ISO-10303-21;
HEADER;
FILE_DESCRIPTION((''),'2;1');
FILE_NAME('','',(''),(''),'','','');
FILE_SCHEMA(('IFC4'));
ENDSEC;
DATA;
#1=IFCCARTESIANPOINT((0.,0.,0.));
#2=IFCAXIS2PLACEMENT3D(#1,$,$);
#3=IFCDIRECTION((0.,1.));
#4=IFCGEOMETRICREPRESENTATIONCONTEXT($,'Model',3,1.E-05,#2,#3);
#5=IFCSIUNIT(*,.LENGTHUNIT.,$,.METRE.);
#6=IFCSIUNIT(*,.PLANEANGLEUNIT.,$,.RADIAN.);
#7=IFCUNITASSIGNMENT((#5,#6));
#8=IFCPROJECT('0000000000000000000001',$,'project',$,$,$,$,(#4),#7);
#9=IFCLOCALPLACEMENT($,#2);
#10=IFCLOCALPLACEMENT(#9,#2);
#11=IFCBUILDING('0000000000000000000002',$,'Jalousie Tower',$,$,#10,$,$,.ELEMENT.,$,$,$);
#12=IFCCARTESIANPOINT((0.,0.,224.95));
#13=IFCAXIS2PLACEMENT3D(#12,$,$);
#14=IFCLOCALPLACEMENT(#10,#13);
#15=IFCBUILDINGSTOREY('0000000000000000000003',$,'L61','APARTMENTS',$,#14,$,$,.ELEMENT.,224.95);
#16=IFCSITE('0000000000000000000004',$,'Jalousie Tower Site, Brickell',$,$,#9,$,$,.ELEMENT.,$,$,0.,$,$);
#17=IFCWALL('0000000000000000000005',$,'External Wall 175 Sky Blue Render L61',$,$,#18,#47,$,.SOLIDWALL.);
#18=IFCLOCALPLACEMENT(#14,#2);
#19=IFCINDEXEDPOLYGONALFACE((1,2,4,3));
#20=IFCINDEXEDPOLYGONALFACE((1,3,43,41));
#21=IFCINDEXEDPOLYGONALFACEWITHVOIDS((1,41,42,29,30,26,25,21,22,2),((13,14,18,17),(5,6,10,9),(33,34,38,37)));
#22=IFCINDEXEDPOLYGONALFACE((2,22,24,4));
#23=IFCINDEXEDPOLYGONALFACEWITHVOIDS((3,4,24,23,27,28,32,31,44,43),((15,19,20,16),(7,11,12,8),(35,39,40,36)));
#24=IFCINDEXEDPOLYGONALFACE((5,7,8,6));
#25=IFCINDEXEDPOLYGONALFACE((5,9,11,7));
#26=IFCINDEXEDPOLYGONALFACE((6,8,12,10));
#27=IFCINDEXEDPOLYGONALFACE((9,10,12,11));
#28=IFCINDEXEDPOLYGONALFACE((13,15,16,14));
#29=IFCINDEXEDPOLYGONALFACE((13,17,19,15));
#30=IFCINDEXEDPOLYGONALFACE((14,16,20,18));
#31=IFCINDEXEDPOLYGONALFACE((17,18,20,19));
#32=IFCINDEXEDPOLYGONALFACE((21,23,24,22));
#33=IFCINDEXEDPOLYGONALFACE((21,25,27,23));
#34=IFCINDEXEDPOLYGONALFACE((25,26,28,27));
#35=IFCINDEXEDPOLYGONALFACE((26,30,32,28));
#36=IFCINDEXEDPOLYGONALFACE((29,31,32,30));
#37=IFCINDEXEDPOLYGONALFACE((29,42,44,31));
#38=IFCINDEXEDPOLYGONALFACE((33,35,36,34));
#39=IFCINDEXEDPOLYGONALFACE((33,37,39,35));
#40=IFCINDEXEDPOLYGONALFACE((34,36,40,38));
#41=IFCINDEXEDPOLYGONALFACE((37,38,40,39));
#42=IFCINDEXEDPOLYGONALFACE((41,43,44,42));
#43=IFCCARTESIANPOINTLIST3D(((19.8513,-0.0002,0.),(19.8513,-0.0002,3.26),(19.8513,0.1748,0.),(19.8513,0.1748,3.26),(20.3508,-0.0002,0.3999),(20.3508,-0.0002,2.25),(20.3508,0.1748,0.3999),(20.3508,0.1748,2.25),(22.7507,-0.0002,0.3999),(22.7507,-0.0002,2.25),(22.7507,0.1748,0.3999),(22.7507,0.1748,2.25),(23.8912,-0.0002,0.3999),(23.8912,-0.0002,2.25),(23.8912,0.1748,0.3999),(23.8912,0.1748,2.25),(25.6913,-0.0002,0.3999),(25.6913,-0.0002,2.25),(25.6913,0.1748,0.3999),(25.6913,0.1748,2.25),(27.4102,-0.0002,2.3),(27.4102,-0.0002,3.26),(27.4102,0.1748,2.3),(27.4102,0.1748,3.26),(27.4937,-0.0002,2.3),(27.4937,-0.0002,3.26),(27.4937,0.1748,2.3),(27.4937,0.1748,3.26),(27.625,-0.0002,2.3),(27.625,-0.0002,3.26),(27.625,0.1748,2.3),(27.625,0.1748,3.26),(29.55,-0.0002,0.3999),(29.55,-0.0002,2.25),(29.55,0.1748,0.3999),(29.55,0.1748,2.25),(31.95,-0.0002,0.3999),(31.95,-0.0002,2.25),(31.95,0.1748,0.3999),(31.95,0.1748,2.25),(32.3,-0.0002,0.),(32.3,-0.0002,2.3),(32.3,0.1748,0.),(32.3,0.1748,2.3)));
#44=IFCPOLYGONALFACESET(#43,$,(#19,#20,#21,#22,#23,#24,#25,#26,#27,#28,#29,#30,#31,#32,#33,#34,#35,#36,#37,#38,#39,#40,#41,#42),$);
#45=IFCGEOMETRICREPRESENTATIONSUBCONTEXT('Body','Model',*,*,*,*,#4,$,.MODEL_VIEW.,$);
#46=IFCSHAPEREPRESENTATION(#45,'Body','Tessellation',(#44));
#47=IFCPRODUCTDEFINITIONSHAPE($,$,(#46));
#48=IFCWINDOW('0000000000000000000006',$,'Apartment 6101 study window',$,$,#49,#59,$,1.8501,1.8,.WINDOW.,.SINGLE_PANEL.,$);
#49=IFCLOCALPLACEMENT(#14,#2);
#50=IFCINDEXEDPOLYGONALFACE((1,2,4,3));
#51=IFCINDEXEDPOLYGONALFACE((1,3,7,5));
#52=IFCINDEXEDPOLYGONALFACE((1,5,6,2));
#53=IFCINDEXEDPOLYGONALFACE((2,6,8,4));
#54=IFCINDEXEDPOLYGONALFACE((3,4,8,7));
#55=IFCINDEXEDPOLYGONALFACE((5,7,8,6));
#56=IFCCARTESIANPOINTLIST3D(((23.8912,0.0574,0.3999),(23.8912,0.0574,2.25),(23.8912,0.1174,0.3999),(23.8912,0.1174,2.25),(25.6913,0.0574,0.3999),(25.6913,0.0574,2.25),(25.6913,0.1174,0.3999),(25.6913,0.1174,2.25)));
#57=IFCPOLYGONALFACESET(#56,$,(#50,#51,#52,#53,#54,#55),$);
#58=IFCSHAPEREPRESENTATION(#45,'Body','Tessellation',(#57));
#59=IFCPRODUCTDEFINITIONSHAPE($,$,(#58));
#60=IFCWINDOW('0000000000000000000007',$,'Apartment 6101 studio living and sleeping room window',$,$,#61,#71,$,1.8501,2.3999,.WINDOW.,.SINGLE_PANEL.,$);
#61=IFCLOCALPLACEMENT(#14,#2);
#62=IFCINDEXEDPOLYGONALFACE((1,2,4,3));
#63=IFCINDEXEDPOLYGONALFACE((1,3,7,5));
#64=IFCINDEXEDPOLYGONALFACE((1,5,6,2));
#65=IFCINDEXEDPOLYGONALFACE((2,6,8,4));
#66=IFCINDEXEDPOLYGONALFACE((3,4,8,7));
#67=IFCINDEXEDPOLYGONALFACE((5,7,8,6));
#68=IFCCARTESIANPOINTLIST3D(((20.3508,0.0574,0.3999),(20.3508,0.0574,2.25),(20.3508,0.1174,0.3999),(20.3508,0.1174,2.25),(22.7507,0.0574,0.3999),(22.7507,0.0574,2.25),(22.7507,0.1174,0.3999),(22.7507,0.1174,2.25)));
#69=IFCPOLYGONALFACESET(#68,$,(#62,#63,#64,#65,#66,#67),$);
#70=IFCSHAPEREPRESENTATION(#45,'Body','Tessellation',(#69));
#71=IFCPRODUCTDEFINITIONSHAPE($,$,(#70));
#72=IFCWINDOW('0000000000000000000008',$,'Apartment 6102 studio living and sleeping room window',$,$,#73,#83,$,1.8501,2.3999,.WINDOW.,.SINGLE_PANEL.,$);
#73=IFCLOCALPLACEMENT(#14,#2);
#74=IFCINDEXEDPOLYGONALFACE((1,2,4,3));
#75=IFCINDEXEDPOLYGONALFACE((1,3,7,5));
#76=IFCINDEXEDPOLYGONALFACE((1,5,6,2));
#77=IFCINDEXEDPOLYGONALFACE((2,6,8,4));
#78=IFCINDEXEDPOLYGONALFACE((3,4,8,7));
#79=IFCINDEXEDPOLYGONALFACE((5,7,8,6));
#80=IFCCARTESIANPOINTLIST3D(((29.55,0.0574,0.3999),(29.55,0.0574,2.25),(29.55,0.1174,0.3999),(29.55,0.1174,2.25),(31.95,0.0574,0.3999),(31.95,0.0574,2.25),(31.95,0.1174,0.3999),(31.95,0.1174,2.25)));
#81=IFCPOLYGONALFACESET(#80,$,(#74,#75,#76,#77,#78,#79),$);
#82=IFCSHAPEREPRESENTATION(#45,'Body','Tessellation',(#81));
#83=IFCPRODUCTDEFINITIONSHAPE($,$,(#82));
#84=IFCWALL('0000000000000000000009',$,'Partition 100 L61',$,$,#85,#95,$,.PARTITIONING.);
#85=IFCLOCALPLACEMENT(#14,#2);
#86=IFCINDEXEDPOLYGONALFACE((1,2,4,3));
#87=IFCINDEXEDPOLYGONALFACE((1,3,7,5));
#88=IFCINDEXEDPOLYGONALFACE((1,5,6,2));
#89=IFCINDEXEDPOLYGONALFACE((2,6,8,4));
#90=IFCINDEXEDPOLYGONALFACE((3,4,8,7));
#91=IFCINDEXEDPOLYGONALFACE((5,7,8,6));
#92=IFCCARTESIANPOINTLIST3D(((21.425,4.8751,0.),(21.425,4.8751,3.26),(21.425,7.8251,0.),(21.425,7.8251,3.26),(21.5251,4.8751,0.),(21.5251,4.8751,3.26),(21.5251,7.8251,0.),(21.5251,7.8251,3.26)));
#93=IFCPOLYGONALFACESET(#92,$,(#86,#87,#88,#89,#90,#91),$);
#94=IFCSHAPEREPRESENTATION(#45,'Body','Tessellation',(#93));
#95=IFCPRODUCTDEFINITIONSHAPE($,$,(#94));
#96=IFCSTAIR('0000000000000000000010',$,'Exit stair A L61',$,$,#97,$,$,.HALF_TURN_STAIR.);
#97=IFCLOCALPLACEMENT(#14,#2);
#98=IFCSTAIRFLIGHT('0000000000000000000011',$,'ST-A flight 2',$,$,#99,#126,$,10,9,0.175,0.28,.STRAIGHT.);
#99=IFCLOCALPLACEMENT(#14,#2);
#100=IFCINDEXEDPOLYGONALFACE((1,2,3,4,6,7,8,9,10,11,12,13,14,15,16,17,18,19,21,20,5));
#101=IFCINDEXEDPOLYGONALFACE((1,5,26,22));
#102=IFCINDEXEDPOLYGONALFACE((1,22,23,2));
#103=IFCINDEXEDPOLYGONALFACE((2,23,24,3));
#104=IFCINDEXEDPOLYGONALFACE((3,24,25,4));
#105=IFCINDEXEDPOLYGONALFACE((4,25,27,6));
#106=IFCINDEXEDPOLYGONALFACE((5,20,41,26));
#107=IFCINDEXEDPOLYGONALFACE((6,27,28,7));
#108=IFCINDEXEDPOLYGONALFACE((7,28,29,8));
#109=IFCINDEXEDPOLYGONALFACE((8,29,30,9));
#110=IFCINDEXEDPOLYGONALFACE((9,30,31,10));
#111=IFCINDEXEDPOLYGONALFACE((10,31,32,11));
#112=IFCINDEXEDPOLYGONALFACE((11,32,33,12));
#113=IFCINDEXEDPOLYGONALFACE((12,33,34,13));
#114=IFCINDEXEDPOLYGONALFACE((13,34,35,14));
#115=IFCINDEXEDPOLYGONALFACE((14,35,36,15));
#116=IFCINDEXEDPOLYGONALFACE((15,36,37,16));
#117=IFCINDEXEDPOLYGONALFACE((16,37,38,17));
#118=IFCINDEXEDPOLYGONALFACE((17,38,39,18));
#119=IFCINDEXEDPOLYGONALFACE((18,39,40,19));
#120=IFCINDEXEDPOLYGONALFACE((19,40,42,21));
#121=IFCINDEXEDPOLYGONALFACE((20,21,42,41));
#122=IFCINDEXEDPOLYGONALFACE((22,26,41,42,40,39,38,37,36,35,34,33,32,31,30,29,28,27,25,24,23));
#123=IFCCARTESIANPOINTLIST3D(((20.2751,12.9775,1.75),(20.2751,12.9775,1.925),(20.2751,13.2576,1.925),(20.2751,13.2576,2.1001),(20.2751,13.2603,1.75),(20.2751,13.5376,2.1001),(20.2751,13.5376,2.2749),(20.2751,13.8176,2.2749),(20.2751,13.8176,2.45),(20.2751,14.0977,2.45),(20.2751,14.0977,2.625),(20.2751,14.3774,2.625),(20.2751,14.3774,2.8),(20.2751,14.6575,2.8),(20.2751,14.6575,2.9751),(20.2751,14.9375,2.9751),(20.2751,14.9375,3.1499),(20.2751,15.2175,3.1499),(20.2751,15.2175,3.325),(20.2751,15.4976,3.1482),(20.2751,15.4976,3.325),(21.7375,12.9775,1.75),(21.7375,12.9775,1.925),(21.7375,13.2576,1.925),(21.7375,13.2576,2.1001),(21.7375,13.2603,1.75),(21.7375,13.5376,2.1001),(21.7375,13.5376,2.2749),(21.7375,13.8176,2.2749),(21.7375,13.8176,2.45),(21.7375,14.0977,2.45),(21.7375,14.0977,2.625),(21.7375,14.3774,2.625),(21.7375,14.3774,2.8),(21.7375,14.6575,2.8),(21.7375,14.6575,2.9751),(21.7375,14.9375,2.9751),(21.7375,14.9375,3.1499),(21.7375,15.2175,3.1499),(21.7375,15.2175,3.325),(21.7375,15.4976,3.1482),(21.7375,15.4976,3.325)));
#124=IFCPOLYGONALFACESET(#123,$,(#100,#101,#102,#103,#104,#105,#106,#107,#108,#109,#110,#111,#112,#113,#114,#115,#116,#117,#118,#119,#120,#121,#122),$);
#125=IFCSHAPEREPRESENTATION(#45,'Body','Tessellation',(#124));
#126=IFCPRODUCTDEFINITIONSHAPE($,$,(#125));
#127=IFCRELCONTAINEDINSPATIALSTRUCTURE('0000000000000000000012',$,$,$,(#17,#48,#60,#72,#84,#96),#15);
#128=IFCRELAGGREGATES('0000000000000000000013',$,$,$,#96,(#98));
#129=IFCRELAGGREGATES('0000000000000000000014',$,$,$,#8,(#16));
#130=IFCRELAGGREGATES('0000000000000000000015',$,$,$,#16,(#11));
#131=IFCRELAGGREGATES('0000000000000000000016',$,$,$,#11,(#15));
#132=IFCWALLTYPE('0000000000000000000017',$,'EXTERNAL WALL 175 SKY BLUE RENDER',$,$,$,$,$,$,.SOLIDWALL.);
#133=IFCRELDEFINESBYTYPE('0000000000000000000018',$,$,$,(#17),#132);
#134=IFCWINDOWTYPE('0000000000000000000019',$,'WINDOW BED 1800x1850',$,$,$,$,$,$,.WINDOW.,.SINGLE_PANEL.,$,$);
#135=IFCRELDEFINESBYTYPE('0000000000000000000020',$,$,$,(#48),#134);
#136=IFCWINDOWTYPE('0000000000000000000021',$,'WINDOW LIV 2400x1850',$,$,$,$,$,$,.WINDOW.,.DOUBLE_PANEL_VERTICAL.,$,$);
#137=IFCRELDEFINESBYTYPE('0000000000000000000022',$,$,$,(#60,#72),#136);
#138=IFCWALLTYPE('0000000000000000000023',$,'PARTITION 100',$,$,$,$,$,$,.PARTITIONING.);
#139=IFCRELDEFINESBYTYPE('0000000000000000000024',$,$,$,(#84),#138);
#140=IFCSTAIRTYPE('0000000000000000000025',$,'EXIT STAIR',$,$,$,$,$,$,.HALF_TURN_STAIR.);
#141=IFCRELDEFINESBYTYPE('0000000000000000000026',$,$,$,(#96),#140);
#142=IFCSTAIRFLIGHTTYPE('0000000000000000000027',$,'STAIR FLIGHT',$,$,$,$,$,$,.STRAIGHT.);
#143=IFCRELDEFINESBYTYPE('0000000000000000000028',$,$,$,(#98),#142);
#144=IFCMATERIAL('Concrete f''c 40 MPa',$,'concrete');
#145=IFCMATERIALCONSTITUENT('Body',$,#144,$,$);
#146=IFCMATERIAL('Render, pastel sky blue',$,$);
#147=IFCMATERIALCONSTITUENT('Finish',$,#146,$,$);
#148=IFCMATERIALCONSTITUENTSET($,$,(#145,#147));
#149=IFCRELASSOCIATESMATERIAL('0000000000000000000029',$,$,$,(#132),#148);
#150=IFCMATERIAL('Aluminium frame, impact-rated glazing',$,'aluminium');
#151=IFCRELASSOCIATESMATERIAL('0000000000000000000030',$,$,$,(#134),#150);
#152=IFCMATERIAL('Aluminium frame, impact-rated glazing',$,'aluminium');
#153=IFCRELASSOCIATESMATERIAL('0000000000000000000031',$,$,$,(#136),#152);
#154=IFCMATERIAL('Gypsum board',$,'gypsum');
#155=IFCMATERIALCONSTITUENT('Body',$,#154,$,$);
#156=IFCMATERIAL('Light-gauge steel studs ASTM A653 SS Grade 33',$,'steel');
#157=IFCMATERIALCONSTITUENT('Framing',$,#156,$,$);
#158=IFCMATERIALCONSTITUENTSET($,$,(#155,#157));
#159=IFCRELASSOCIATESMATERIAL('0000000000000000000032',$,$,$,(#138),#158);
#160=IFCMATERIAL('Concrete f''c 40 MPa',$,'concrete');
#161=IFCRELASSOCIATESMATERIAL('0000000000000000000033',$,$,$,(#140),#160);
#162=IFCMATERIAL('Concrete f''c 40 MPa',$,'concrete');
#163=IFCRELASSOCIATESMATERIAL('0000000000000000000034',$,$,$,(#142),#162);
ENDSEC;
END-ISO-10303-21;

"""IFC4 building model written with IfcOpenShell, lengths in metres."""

from ifc_helpers import new_model, si_unit, direction, frame, frame_2d, origin, place, context, subcontext, project, spatial, polyline, rectangle, outline, extrude, material, constituent, constituent_set, type_object, element, fill, aggregate, save


model = new_model("IFC4")

# Units and contexts
model_context = context("Model", 3, precision=1e-05, world=origin(), true_north=direction((0.0, 1.0)))
body_context = subcontext(model_context, "Body", "Model", "MODEL_VIEW")
ifc_project = project(units=[si_unit("LENGTHUNIT", "METRE"), si_unit("PLANEANGLEUNIT", "RADIAN")], contexts=[model_context])

# Site, building, storey
site_placement = place(None, origin())
site = spatial("IfcSite", under=ifc_project, at=site_placement, Name="Jalousie Tower Site, Brickell", CompositionType="ELEMENT", RefElevation=0.0)
building_placement = place(site_placement, origin())
building = spatial("IfcBuilding", under=site, at=building_placement, Name="Jalousie Tower", CompositionType="ELEMENT")
storey_placement = place(building_placement, frame((0.0, 0.0, 224.95)))
storey = spatial("IfcBuildingStorey", under=building, at=storey_placement, Name="L61", Description="APARTMENTS", CompositionType="ELEMENT", Elevation=224.95)

# Wall, openings, windows
ifc_material_1 = material(Name="Concrete f'c 40 MPa", Category="concrete")
ifc_constituent_1 = constituent(ifc_material_1, Name="Body")
ifc_material_2 = material(Name="Render, pastel sky blue")
ifc_constituent_2 = constituent(ifc_material_2, Name="Finish")
ifc_constituent_set_1 = constituent_set(constituents=[ifc_constituent_1, ifc_constituent_2])
wall_type_1 = type_object("IfcWallType", Name="EXTERNAL WALL 175 SKY BLUE RENDER", PredefinedType="SOLIDWALL", material=ifc_constituent_set_1)
wall_1_placement = place(storey_placement, frame((19.8513, 0.0874, 0.0), z_axis=(0.0, 0.0, 1.0), x_axis=(1.0, 0.0, 0.0)))
wall_1 = element("IfcWall", 1, at=wall_1_placement, inside=storey, type_object=wall_type_1, Name="External Wall 175 Sky Blue Render L61", PredefinedType="SOLIDWALL", context=body_context, shape_type="SweptSolid", body=[
    extrude(outline(polyline([(0.0, 0.0), (12.4487, 0.0), (12.4487, 2.3), (7.7737, 2.3), (7.7737, 3.26), (7.6423, 3.26), (7.6423, 2.3), (7.5588, 2.3), (7.5588, 3.26), (0.0, 3.26), (0.0, 0.0)])), frame((0.0, 0.0874, 0.0), z_axis=(0.0, -1.0, 0.0), x_axis=(1.0, 0.0, 0.0)), (0.0, 0.0, 1.0), 0.175),
])
opening_1_placement = place(wall_1_placement, frame((0.4995, 0.0, 0.3999)))
opening_1 = element("IfcOpeningElement", 2, at=opening_1_placement, cuts=wall_1, PredefinedType="OPENING", context=body_context, shape_type="SweptSolid", body=[
    extrude(rectangle(XDim=2.3999, YDim=1.8501, at=frame_2d((1.2, 0.925))), frame((0.0, 0.0974, 0.0), z_axis=(0.0, -1.0, 0.0), x_axis=(1.0, 0.0, 0.0)), (0.0, 0.0, 1.0), 0.1951),
])
opening_2_placement = place(wall_1_placement, frame((4.04, 0.0, 0.3999)))
opening_2 = element("IfcOpeningElement", 3, at=opening_2_placement, cuts=wall_1, PredefinedType="OPENING", context=body_context, shape_type="SweptSolid", body=[
    extrude(rectangle(XDim=1.8, YDim=1.8501, at=frame_2d((0.8999, 0.925))), frame((0.0, 0.0974, 0.0), z_axis=(0.0, -1.0, 0.0), x_axis=(1.0, 0.0, 0.0)), (0.0, 0.0, 1.0), 0.1951),
])
opening_3_placement = place(wall_1_placement, frame((9.6987, 0.0, 0.3999)))
opening_3 = element("IfcOpeningElement", 4, at=opening_3_placement, cuts=wall_1, PredefinedType="OPENING", context=body_context, shape_type="SweptSolid", body=[
    extrude(rectangle(XDim=2.3999, YDim=1.8501, at=frame_2d((1.2, 0.925))), frame((0.0, 0.0974, 0.0), z_axis=(0.0, -1.0, 0.0), x_axis=(1.0, 0.0, 0.0)), (0.0, 0.0, 1.0), 0.1951),
])
ifc_material_3 = material(Name="Aluminium frame, impact-rated glazing", Category="aluminium")
window_type_1 = type_object("IfcWindowType", Name="WINDOW BED 1800x1850", PartitioningType="SINGLE_PANEL", PredefinedType="WINDOW", material=ifc_material_3)
window_1_placement = place(opening_2_placement, origin())
window_1 = element("IfcWindow", 5, at=window_1_placement, inside=storey, type_object=window_type_1, Name="Apartment 6101 study window", OverallHeight=1.8501, OverallWidth=1.8, PartitioningType="SINGLE_PANEL", PredefinedType="WINDOW", context=body_context, shape_type="SweptSolid", body=[
    extrude(rectangle(XDim=1.8, YDim=1.8501, at=frame_2d((0.8999, 0.925))), frame((0.0, 0.03, 0.0), z_axis=(0.0, -1.0, 0.0), x_axis=(1.0, 0.0, 0.0)), (0.0, 0.0, 1.0), 0.0601),
])
fill(opening_2, window_1)
ifc_material_4 = material(Name="Aluminium frame, impact-rated glazing", Category="aluminium")
window_type_2 = type_object("IfcWindowType", Name="WINDOW LIV 2400x1850", PartitioningType="DOUBLE_PANEL_VERTICAL", PredefinedType="WINDOW", material=ifc_material_4)
window_2_placement = place(opening_1_placement, origin())
window_2 = element("IfcWindow", 6, at=window_2_placement, inside=storey, type_object=window_type_2, Name="Apartment 6101 studio living and sleeping room window", OverallHeight=1.8501, OverallWidth=2.3999, PartitioningType="SINGLE_PANEL", PredefinedType="WINDOW", context=body_context, shape_type="SweptSolid", body=[
    extrude(rectangle(XDim=2.3999, YDim=1.8501, at=frame_2d((1.2, 0.925))), frame((0.0, 0.03, 0.0), z_axis=(0.0, -1.0, 0.0), x_axis=(1.0, 0.0, 0.0)), (0.0, 0.0, 1.0), 0.0601),
])
fill(opening_1, window_2)
window_3_placement = place(opening_3_placement, origin())
window_3 = element("IfcWindow", 7, at=window_3_placement, inside=storey, type_object=window_type_2, Name="Apartment 6102 studio living and sleeping room window", OverallHeight=1.8501, OverallWidth=2.3999, PartitioningType="SINGLE_PANEL", PredefinedType="WINDOW", context=body_context, shape_type="SweptSolid", body=[
    extrude(rectangle(XDim=2.3999, YDim=1.8501, at=frame_2d((1.2, 0.925))), frame((0.0, 0.03, 0.0), z_axis=(0.0, -1.0, 0.0), x_axis=(1.0, 0.0, 0.0)), (0.0, 0.0, 1.0), 0.0601),
])
fill(opening_3, window_3)

# Wall
ifc_material_5 = material(Name="Gypsum board", Category="gypsum")
ifc_constituent_3 = constituent(ifc_material_5, Name="Body")
ifc_material_6 = material(Name="Light-gauge steel studs ASTM A653 SS Grade 33", Category="steel")
ifc_constituent_4 = constituent(ifc_material_6, Name="Framing")
ifc_constituent_set_2 = constituent_set(constituents=[ifc_constituent_3, ifc_constituent_4])
wall_type_2 = type_object("IfcWallType", Name="PARTITION 100", PredefinedType="PARTITIONING", material=ifc_constituent_set_2)
wall_2_placement = place(storey_placement, frame((21.4751, 4.875, 0.0), z_axis=(0.0, 0.0, 1.0), x_axis=(0.0, 1.0, 0.0)))
element("IfcWall", 8, at=wall_2_placement, inside=storey, type_object=wall_type_2, Name="Partition 100 L61", PredefinedType="PARTITIONING", context=body_context, shape_type="SweptSolid", body=[
    extrude(rectangle(XDim=2.95, YDim=0.1001, at=frame_2d((1.4751, 0.0))), origin(), (0.0, 0.0, 1.0), 3.26),
])

# Stair, stair flight
ifc_material_7 = material(Name="Concrete f'c 40 MPa", Category="concrete")
stair_type = type_object("IfcStairType", Name="EXIT STAIR", PredefinedType="HALF_TURN_STAIR", material=ifc_material_7)
stair_placement = place(storey_placement, origin())
stair = element("IfcStair", 9, at=stair_placement, inside=storey, type_object=stair_type, Name="Exit stair A L61", PredefinedType="HALF_TURN_STAIR")
ifc_material_8 = material(Name="Concrete f'c 40 MPa", Category="concrete")
stair_flight_type = type_object("IfcStairFlightType", Name="STAIR FLIGHT", PredefinedType="STRAIGHT", material=ifc_material_8)
stair_flight_placement = place(storey_placement, frame((21.0063, 12.9775, 1.75), z_axis=(0.0, 0.0, 1.0), x_axis=(0.0, 1.0, 0.0)))
stair_flight = element("IfcStairFlight", 10, at=stair_flight_placement, type_object=stair_flight_type, Name="ST-A flight 2", NumberOfRisers=10, NumberOfTreads=9, PredefinedType="STRAIGHT", RiserHeight=0.175, TreadLength=0.28, context=body_context, shape_type="SweptSolid", body=[
    extrude(outline(polyline([(0.0, 0.0), (0.0, 0.175), (0.28, 0.175), (0.28, 0.3501), (0.5601, 0.3501), (0.5601, 0.5249), (0.8401, 0.5249), (0.8401, 0.7), (1.1201, 0.7), (1.1201, 0.875), (1.3999, 0.875), (1.3999, 1.05), (1.6799, 1.05), (1.6799, 1.2251), (1.96, 1.2251), (1.96, 1.3999), (2.24, 1.3999), (2.24, 1.575), (2.52, 1.575), (2.52, 1.75), (2.52, 1.3982), (0.2827, 0.0), (0.0, 0.0)])), frame((0.0, 0.7312, 0.0), z_axis=(0.0, -1.0, 0.0), x_axis=(1.0, 0.0, 0.0)), (0.0, 0.0, 1.0), 1.4624),
])
aggregate(stair, [stair_flight])

save(model, "model.ifc")
